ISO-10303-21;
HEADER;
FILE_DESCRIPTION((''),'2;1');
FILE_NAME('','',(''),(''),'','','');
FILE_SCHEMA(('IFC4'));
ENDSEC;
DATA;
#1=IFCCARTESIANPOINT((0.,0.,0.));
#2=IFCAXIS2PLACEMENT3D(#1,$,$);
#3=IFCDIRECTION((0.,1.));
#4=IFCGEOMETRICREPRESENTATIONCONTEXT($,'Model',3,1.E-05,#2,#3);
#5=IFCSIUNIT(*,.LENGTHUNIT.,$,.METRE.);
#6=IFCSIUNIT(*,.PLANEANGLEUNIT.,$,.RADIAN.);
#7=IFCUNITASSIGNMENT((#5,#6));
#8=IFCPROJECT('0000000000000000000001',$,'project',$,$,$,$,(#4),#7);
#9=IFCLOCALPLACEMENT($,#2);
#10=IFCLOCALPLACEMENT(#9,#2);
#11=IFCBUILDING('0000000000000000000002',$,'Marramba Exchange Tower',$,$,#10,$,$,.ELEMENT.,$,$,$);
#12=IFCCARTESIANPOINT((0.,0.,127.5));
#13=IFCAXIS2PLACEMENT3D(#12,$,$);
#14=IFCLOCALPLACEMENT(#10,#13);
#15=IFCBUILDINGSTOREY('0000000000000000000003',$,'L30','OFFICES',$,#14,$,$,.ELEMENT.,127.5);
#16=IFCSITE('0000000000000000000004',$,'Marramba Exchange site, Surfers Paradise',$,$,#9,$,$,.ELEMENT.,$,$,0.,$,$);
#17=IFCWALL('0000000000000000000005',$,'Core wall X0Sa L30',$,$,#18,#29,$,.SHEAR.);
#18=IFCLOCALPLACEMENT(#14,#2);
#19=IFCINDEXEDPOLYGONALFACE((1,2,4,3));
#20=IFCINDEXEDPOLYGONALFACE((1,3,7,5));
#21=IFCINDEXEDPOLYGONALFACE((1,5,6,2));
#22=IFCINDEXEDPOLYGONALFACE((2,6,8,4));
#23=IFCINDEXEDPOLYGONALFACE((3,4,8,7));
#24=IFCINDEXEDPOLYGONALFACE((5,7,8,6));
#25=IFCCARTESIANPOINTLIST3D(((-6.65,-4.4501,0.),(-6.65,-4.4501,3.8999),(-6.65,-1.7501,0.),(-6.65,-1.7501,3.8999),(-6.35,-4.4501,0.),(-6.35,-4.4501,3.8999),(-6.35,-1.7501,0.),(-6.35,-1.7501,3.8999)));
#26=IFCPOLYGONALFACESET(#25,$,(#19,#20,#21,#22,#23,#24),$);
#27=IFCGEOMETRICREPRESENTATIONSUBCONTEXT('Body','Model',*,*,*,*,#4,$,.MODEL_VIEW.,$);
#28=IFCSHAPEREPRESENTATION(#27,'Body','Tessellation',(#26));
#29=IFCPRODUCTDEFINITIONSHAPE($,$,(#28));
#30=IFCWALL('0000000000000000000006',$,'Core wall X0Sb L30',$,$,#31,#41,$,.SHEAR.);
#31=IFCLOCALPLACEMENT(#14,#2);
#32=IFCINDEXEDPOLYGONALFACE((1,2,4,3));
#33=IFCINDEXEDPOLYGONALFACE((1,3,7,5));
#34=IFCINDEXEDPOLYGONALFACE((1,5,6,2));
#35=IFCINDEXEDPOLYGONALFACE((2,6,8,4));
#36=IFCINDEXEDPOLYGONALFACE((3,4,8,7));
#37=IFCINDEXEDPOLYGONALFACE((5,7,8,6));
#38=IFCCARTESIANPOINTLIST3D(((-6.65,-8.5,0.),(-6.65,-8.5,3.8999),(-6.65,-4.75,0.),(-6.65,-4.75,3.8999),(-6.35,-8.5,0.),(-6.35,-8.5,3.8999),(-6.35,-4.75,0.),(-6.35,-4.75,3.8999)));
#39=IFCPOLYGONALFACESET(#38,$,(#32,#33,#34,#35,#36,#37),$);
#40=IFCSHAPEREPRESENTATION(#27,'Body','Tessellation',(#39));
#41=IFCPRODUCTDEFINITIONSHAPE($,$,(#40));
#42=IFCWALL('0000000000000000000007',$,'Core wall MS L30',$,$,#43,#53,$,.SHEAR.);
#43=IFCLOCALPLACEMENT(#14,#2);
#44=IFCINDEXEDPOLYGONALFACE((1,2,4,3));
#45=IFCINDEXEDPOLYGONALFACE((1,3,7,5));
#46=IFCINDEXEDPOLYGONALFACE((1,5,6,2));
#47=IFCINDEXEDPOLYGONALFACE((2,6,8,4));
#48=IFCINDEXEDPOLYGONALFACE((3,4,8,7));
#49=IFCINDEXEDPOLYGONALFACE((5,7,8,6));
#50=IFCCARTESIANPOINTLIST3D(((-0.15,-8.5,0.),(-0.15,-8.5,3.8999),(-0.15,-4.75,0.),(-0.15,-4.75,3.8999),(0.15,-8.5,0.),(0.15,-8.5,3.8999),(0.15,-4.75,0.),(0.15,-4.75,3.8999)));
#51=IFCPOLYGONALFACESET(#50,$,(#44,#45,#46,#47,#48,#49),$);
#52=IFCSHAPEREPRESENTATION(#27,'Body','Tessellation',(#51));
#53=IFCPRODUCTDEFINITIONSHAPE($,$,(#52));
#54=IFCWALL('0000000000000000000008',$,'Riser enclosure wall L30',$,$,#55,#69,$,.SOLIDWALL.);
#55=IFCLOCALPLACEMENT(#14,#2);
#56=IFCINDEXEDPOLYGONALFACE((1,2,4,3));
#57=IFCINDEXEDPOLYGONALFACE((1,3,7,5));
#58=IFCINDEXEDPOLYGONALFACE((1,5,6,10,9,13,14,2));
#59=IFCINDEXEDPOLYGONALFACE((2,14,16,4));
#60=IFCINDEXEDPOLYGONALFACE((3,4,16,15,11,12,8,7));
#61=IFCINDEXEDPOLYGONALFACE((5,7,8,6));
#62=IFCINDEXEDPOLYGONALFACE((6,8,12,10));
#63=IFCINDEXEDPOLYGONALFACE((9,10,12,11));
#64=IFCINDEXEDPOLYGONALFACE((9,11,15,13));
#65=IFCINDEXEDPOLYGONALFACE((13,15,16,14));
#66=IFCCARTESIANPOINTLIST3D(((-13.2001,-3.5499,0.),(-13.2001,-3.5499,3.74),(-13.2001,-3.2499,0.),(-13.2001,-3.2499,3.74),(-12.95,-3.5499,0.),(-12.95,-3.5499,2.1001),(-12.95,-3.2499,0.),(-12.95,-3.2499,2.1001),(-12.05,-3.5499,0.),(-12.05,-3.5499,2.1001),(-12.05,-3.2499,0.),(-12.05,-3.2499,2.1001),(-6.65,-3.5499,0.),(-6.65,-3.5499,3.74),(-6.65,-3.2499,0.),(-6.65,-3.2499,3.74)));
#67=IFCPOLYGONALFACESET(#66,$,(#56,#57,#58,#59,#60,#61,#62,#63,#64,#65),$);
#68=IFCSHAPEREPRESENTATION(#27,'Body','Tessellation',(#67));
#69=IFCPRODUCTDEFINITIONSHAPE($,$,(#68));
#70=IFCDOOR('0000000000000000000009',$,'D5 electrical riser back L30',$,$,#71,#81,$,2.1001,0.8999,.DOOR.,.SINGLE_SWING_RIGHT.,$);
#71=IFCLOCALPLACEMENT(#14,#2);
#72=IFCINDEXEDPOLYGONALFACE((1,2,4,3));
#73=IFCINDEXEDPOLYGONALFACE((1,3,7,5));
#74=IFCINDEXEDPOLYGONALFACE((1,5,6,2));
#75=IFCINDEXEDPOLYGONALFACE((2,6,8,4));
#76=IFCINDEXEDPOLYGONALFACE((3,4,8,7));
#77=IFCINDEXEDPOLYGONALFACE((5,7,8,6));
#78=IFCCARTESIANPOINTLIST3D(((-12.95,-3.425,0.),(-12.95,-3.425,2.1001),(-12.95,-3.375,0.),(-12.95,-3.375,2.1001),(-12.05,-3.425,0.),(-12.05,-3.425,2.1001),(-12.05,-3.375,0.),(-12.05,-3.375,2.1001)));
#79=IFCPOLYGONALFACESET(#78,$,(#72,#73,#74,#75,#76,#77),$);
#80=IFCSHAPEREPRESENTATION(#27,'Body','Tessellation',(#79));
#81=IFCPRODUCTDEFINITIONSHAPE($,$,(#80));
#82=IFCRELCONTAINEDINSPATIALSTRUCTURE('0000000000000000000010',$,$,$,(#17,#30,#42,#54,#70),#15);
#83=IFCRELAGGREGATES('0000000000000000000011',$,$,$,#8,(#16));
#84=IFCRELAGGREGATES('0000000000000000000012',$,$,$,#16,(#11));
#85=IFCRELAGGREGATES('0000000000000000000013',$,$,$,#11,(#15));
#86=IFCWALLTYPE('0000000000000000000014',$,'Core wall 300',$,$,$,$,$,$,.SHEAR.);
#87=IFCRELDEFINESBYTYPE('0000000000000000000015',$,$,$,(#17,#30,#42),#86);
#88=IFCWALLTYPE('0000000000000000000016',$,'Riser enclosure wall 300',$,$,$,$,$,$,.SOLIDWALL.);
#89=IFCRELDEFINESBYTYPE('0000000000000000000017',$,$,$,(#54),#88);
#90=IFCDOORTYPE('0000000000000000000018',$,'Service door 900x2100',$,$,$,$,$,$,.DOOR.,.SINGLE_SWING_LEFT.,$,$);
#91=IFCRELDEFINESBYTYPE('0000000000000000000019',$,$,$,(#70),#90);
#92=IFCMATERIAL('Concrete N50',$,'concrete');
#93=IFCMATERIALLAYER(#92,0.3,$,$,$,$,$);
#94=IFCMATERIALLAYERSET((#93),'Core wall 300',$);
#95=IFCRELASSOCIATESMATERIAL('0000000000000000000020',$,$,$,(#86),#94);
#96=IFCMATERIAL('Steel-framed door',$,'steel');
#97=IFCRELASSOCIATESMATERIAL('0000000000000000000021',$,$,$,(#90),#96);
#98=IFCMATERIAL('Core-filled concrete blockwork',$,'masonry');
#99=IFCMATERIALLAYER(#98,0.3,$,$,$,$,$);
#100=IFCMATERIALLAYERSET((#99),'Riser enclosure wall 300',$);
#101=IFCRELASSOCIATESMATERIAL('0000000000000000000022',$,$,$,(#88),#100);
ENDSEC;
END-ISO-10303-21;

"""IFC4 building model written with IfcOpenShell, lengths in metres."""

from ifc_helpers import new_model, si_unit, direction, frame, frame_2d, origin, place, context, subcontext, project, spatial, rectangle, extrude, material, layer, layer_set, type_object, element, fill, save


model = new_model("IFC4")

# Units and contexts
model_context = context("Model", 3, precision=1e-05, world=origin(), true_north=direction((0.0, 1.0)))
body_context = subcontext(model_context, "Body", "Model", "MODEL_VIEW")
ifc_project = project(units=[si_unit("LENGTHUNIT", "METRE"), si_unit("PLANEANGLEUNIT", "RADIAN")], contexts=[model_context])

# Site, building, storey
site_placement = place(None, origin())
site = spatial("IfcSite", under=ifc_project, at=site_placement, Name="Marramba Exchange site, Surfers Paradise", CompositionType="ELEMENT", RefElevation=0.0)
building_placement = place(site_placement, origin())
building = spatial("IfcBuilding", under=site, at=building_placement, Name="Marramba Exchange Tower", CompositionType="ELEMENT")
storey_placement = place(building_placement, frame((0.0, 0.0, 127.5)))
storey = spatial("IfcBuildingStorey", under=building, at=storey_placement, Name="L30", Description="OFFICES", CompositionType="ELEMENT", Elevation=127.5)

# Shared definitions
ifc_material_1 = material(Name="Concrete N50", Category="concrete")

# Shared definitions
ifc_layer_1 = layer(ifc_material_1, 0.3)
ifc_layer_set_1 = layer_set([ifc_layer_1], Name="Core wall 300")
wall_type_1 = type_object("IfcWallType", Name="Core wall 300", PredefinedType="SHEAR", material=ifc_layer_set_1)
ifc_material_2 = material(Name="Steel-framed door", Category="steel")
door_type_1 = type_object("IfcDoorType", Name="Service door 900x2100", OperationType="SINGLE_SWING_LEFT", PredefinedType="DOOR", material=ifc_material_2)

# Walls
wall_1_placement = place(storey_placement, frame((-6.5, -1.75, 0.0), z_axis=(0.0, 0.0, 1.0), x_axis=(0.0, -1.0, 0.0)))
element("IfcWall", 1, at=wall_1_placement, inside=storey, type_object=wall_type_1, Name="Core wall X0Sa L30", PredefinedType="SHEAR", context=body_context, shape_type="SweptSolid", body=[
    extrude(rectangle(XDim=2.7, YDim=0.3, at=frame_2d((1.3501, 0.0))), origin(), (0.0, 0.0, 1.0), 3.8999),
])
for number, where, z_axis, x_axis, name in (
    (2, (-6.5, -4.75, 0.0), (0.0, 0.0, 1.0), (0.0, -1.0, 0.0), "Core wall X0Sb L30"),
    (3, (0.0, -4.75, 0.0), (0.0, 0.0, 1.0), (0.0, -1.0, 0.0), "Core wall MS L30"),
):
    element("IfcWall", number, at=place(storey_placement, frame(where, z_axis=z_axis, x_axis=x_axis)), inside=storey, type_object=wall_type_1, Name=name, PredefinedType="SHEAR", context=body_context, shape_type="SweptSolid", body=[
        extrude(rectangle(XDim=3.75, YDim=0.3, at=frame_2d((1.875, 0.0))), origin(), (0.0, 0.0, 1.0), 3.8999),
    ])

# Wall, opening, door
ifc_material_3 = material(Name="Core-filled concrete blockwork", Category="masonry")
ifc_layer_2 = layer(ifc_material_3, 0.3)
ifc_layer_set_2 = layer_set([ifc_layer_2], Name="Riser enclosure wall 300")
wall_type_2 = type_object("IfcWallType", Name="Riser enclosure wall 300", PredefinedType="SOLIDWALL", material=ifc_layer_set_2)
wall_2_placement = place(storey_placement, frame((-13.2, -3.3999, 0.0), z_axis=(0.0, 0.0, 1.0), x_axis=(1.0, 0.0, 0.0)))
wall_2 = element("IfcWall", 4, at=wall_2_placement, inside=storey, type_object=wall_type_2, Name="Riser enclosure wall L30", PredefinedType="SOLIDWALL", context=body_context, shape_type="SweptSolid", body=[
    extrude(rectangle(XDim=6.55, YDim=0.3, at=frame_2d((3.2749, 0.0))), origin(), (0.0, 0.0, 1.0), 3.74),
])
opening_1_placement = place(wall_2_placement, frame((0.25, 0.0, 0.0)))
opening_1 = element("IfcOpeningElement", 5, at=opening_1_placement, cuts=wall_2, PredefinedType="OPENING", context=body_context, shape_type="SweptSolid", body=[
    extrude(rectangle(XDim=0.8999, YDim=2.1001, at=frame_2d((0.45, 1.05))), frame((0.0, 0.1599, 0.0), z_axis=(0.0, -1.0, 0.0), x_axis=(1.0, 0.0, 0.0)), (0.0, 0.0, 1.0), 0.3201),
])
door_1_placement = place(opening_1_placement, frame((0.8999, 0.0, 0.0), z_axis=(0.0, 0.0, 1.0), x_axis=(-1.0, 0.0, 0.0)))
door_1 = element("IfcDoor", 6, at=door_1_placement, inside=storey, type_object=door_type_1, Name="D5 electrical riser back L30", OperationType="SINGLE_SWING_RIGHT", OverallHeight=2.1001, OverallWidth=0.8999, PredefinedType="DOOR", context=body_context, shape_type="SweptSolid", body=[
    extrude(rectangle(XDim=0.8999, YDim=2.1001, at=frame_2d((0.45, 1.05))), frame((0.0, 0.0251, 0.0), z_axis=(0.0, -1.0, 0.0), x_axis=(1.0, 0.0, 0.0)), (0.0, 0.0, 1.0), 0.05),
])
fill(opening_1, door_1)

save(model, "model.ifc")
